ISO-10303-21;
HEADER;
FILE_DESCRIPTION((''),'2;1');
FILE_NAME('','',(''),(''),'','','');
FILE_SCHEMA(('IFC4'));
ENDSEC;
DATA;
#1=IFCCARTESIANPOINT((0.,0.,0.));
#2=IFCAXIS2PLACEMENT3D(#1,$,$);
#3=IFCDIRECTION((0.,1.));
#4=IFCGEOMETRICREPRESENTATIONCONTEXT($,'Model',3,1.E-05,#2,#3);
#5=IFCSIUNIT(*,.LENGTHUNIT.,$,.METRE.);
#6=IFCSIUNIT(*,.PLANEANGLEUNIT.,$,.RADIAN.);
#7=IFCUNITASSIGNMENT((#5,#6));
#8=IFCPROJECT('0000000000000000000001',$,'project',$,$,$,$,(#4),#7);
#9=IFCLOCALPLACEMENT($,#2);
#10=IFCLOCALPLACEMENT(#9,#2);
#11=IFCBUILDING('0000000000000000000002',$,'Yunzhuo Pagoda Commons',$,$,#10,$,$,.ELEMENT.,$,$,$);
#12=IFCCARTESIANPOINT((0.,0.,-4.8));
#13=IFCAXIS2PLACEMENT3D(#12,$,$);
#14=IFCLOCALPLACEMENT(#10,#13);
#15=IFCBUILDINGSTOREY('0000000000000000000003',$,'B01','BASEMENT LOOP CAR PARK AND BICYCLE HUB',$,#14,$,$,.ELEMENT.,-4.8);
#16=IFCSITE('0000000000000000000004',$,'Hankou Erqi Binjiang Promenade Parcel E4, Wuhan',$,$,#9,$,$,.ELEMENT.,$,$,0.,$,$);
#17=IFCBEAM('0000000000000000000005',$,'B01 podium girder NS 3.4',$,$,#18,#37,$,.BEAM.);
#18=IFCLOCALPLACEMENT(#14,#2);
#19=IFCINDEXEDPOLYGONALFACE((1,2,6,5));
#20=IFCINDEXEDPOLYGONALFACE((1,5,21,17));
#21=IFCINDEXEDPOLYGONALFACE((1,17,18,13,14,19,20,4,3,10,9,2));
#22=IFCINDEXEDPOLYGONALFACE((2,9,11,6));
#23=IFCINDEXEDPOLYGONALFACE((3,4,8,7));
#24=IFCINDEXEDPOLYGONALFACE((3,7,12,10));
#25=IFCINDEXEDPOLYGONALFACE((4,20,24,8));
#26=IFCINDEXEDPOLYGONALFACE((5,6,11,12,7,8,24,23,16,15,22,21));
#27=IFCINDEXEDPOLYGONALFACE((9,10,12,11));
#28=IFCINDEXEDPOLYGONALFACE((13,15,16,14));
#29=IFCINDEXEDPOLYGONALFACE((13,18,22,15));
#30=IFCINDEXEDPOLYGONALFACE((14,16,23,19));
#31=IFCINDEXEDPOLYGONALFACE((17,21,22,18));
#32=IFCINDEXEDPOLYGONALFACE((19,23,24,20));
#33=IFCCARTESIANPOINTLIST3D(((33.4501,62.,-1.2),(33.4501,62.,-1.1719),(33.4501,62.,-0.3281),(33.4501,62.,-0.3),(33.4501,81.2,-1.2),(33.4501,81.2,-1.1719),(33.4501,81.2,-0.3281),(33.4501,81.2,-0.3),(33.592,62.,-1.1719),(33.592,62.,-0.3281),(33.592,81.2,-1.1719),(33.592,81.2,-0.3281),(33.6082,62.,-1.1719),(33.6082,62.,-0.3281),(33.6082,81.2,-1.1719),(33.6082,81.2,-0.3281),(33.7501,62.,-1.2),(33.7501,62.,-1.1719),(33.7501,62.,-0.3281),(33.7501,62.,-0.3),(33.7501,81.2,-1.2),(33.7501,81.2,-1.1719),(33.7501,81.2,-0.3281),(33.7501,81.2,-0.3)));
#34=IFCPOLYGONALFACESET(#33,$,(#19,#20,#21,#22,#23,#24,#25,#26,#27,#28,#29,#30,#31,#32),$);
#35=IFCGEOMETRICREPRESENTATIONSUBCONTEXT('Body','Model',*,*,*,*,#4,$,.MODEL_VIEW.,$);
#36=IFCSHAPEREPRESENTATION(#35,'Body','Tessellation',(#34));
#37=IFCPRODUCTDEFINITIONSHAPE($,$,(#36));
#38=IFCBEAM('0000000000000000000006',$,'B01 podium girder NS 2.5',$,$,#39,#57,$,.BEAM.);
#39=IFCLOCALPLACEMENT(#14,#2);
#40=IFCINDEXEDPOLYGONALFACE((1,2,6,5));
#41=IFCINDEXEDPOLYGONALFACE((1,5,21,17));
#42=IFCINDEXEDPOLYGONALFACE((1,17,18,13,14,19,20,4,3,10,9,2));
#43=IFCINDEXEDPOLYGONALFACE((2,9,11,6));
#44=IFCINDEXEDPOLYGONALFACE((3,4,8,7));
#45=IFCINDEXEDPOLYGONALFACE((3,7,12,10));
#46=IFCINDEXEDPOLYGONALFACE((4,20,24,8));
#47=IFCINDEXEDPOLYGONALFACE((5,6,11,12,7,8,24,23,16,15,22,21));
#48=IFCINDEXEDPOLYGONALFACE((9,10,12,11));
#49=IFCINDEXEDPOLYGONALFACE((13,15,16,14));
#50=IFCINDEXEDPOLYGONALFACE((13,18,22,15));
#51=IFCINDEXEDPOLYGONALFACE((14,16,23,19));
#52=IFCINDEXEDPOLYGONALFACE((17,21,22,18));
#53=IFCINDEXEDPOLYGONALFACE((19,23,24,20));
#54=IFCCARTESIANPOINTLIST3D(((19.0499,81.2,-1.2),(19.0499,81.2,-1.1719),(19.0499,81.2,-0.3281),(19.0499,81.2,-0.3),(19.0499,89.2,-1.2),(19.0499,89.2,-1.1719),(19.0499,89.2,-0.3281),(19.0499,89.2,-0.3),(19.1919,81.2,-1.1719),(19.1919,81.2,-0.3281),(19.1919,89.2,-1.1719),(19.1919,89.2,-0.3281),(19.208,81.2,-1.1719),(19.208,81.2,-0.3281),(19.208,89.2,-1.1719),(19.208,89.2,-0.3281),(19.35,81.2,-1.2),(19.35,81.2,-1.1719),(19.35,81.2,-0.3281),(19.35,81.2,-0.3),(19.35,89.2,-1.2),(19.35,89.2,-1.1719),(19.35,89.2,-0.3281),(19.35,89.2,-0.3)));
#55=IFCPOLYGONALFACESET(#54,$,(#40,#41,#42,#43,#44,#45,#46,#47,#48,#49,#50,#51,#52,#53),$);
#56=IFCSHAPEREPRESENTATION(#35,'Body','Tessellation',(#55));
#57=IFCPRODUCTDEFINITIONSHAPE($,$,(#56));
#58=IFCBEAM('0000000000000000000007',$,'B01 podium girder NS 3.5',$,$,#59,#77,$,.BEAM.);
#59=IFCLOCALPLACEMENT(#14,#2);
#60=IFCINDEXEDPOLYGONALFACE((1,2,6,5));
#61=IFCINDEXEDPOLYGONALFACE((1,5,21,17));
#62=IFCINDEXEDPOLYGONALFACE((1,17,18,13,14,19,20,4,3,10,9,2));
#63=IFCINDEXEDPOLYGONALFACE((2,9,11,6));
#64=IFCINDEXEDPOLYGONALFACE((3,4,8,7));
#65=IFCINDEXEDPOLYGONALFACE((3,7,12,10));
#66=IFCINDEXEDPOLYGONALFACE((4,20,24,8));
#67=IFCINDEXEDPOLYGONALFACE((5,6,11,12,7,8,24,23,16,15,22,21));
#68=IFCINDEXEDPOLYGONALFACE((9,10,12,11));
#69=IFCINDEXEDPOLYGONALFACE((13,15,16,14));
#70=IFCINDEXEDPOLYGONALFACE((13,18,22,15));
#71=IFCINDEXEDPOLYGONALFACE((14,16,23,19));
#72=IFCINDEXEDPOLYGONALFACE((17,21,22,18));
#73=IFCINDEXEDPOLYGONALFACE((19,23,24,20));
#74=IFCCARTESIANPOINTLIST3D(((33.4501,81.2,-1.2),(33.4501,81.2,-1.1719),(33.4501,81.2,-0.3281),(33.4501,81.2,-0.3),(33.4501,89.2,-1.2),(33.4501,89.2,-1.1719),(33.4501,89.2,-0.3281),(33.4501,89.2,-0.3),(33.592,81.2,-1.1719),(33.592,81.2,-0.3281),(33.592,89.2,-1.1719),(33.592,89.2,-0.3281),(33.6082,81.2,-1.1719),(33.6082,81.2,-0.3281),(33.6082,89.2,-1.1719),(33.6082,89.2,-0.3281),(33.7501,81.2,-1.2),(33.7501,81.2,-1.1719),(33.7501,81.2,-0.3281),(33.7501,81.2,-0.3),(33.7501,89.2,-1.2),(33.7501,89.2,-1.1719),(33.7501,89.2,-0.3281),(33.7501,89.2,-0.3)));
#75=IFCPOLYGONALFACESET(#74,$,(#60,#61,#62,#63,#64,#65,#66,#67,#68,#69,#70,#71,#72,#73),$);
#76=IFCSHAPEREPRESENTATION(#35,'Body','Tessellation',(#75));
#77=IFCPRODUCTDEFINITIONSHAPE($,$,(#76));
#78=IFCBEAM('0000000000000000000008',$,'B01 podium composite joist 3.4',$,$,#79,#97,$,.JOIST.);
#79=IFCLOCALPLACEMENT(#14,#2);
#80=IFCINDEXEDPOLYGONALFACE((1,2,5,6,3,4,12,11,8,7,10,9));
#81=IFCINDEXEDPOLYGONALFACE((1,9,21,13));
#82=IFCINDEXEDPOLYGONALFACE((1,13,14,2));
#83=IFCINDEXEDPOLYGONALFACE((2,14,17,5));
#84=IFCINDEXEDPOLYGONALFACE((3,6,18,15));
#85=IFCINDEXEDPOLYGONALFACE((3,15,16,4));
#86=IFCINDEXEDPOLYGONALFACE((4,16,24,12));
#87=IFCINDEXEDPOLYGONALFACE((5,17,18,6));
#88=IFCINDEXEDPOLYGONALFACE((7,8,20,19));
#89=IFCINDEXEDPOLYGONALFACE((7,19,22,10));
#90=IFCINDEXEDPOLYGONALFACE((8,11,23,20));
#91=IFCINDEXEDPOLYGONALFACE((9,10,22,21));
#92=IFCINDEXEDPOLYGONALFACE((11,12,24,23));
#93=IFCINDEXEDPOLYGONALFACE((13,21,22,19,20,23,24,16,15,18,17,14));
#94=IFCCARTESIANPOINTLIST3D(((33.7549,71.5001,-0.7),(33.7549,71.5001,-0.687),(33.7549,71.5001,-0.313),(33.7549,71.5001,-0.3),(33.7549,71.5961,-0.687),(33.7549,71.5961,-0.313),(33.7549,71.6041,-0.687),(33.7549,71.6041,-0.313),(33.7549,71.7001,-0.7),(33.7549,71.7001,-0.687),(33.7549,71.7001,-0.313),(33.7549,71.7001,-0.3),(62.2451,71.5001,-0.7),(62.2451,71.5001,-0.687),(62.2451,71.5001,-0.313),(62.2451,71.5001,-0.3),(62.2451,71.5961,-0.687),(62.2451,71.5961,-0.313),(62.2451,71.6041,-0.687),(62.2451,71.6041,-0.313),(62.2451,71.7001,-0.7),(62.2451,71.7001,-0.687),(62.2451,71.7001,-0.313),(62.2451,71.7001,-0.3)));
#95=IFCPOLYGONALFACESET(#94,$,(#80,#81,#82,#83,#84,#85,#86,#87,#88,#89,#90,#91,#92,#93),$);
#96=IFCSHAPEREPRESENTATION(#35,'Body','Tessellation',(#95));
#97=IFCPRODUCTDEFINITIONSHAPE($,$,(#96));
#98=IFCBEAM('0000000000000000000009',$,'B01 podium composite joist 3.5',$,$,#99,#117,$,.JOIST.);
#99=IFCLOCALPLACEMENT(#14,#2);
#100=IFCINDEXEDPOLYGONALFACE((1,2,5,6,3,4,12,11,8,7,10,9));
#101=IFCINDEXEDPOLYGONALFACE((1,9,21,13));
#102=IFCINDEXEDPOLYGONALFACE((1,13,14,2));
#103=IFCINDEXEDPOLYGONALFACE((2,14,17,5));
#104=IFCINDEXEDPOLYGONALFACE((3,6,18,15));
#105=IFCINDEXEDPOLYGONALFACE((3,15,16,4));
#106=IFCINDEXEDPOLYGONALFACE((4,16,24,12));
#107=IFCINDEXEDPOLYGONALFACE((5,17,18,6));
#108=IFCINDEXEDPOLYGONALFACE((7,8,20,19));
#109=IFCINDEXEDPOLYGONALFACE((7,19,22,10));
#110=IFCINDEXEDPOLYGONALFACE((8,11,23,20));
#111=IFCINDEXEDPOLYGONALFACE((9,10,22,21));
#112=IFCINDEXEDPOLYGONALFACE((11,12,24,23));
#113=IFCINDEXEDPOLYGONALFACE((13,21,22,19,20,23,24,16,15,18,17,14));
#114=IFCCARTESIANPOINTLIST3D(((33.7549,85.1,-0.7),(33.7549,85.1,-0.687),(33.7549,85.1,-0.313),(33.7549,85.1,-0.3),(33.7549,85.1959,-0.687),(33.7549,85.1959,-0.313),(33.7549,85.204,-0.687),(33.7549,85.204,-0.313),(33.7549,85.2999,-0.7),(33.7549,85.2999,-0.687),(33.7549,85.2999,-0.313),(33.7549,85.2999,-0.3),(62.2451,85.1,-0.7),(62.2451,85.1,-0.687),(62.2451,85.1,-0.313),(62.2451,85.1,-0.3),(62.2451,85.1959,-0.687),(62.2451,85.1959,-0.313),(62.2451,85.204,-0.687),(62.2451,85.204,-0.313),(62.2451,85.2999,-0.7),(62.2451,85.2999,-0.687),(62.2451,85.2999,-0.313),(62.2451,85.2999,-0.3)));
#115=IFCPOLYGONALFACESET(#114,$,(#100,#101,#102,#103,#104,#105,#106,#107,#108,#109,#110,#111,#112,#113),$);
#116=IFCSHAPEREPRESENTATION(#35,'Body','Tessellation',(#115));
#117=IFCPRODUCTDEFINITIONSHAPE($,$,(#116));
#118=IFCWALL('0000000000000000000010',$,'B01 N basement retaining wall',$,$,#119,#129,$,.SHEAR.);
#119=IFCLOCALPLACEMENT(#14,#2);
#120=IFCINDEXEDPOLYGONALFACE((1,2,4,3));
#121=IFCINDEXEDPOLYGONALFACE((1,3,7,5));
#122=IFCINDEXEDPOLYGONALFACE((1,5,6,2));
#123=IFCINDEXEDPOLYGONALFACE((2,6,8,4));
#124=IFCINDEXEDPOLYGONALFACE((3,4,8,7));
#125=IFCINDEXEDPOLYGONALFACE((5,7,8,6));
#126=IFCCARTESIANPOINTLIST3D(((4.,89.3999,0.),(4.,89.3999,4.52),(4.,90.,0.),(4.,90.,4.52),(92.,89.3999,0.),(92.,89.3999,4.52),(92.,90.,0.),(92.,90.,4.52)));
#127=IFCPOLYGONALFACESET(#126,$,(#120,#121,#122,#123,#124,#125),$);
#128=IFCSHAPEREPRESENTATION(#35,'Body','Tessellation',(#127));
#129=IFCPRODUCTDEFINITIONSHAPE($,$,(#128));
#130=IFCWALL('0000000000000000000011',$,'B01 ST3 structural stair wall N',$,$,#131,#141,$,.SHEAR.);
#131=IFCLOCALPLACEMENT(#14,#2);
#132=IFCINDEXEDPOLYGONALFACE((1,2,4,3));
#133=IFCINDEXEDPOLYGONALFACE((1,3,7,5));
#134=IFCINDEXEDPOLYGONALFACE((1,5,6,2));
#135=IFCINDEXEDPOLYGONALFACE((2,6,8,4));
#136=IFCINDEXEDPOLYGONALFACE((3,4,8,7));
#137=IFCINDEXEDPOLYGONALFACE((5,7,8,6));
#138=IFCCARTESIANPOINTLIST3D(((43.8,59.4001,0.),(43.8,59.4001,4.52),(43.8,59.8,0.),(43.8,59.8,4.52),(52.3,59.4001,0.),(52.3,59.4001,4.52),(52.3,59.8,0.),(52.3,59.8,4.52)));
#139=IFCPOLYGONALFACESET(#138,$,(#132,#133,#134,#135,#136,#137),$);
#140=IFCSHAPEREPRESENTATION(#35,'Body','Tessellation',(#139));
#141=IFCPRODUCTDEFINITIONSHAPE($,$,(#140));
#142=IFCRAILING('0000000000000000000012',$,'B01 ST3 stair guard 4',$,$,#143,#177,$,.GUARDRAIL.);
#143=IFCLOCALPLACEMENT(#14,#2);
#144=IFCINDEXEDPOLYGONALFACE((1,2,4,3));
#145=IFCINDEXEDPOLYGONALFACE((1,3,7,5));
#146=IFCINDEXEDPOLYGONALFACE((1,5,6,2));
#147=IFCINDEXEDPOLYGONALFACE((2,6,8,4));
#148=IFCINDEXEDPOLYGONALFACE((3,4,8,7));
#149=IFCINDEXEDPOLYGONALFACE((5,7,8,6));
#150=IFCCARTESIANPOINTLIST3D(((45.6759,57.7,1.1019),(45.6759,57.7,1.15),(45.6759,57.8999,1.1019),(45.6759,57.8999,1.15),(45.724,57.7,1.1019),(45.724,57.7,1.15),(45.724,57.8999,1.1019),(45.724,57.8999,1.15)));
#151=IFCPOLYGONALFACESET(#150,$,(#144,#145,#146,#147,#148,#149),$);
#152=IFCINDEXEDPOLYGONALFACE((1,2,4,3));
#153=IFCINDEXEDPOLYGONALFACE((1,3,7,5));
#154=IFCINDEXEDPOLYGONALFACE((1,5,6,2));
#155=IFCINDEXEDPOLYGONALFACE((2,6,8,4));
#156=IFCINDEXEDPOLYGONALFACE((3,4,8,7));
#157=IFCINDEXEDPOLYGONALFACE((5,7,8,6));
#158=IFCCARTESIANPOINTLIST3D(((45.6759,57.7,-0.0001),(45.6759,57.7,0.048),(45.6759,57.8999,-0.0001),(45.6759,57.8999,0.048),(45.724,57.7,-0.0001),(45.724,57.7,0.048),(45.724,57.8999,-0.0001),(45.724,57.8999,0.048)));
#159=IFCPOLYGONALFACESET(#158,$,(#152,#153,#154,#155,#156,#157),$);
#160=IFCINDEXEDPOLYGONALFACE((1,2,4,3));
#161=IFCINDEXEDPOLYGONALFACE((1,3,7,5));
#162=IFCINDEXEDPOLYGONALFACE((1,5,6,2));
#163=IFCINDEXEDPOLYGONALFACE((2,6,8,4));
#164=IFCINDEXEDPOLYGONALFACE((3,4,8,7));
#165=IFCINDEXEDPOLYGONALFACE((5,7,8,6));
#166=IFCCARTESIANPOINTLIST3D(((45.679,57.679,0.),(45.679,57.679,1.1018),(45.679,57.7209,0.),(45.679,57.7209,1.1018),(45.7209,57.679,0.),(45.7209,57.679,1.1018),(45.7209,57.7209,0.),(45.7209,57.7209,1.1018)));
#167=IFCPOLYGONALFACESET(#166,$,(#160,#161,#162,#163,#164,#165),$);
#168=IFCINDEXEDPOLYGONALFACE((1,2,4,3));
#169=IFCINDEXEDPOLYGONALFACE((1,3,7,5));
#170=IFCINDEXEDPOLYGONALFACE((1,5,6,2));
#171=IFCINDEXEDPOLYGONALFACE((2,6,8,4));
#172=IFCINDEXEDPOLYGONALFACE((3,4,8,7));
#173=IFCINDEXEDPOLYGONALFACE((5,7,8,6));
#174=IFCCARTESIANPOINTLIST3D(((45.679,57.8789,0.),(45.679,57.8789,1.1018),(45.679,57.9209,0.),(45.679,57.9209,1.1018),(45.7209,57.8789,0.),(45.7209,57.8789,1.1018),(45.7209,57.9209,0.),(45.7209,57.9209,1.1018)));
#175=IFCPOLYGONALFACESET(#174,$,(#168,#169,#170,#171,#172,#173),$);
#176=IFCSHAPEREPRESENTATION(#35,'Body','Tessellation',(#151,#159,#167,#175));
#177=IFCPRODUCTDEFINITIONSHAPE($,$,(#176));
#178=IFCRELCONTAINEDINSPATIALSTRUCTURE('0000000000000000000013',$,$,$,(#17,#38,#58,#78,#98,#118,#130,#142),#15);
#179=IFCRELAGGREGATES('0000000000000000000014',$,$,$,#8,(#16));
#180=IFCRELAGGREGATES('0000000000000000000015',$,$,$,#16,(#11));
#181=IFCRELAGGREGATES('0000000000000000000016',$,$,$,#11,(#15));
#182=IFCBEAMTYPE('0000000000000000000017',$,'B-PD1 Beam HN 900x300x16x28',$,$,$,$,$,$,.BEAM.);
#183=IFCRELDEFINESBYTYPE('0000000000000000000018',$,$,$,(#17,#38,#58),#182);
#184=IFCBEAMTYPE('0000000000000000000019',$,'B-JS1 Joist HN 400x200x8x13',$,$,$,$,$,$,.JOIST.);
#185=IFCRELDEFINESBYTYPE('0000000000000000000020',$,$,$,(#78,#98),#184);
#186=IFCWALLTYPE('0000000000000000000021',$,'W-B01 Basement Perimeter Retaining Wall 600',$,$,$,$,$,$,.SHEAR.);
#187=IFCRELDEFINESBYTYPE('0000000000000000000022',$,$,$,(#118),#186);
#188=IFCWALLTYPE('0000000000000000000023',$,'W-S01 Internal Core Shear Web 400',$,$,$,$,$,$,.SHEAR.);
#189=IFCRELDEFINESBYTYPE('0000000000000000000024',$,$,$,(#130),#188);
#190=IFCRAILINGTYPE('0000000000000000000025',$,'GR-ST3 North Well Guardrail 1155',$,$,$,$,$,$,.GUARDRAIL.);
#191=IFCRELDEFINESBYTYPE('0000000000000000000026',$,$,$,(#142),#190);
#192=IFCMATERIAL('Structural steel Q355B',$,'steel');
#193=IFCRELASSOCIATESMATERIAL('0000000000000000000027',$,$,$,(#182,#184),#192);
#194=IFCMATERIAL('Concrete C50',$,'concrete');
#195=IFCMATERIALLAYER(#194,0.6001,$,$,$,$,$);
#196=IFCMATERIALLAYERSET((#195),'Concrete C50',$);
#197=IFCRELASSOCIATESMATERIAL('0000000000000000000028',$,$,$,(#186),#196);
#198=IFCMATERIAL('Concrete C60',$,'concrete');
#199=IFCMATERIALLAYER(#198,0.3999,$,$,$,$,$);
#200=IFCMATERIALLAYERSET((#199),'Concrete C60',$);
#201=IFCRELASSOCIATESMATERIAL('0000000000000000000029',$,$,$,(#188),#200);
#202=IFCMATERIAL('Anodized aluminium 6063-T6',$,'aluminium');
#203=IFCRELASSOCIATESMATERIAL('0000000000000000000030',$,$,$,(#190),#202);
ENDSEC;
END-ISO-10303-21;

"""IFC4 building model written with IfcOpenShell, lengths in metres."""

from ifc_helpers import new_model, si_unit, direction, frame, frame_2d, origin, origin_2d, place, context, subcontext, project, spatial, rectangle, i_section, extrude, source, transform, mapped, material, layer, layer_set, material_profile, profile_set, type_object, element, save


model = new_model("IFC4")

# Units and contexts
model_context = context("Model", 3, precision=1e-05, world=origin(), true_north=direction((0.0, 1.0)))
body_context = subcontext(model_context, "Body", "Model", "MODEL_VIEW")
ifc_project = project(units=[si_unit("LENGTHUNIT", "METRE"), si_unit("PLANEANGLEUNIT", "RADIAN")], contexts=[model_context])

# Site, building, storey
site_placement = place(None, origin())
site = spatial("IfcSite", under=ifc_project, at=site_placement, Name="Hankou Erqi Binjiang Promenade Parcel E4, Wuhan", CompositionType="ELEMENT", RefElevation=0.0)
building_placement = place(site_placement, origin())
building = spatial("IfcBuilding", under=site, at=building_placement, Name="Yunzhuo Pagoda Commons", CompositionType="ELEMENT")
storey_placement = place(building_placement, frame((0.0, 0.0, -4.8)))
storey = spatial("IfcBuildingStorey", under=building, at=storey_placement, Name="B01", Description="BASEMENT LOOP CAR PARK AND BICYCLE HUB", CompositionType="ELEMENT", Elevation=-4.8)

# Shared definitions
ifc_material_1 = material(Name="Concrete C50", Category="concrete")

# Beams
ifc_material_2 = material(Name="Structural steel Q355B", Category="steel")
ifc_material_profile_1 = material_profile(ifc_material_2, i_section(OverallWidth=0.3, OverallDepth=0.8999, WebThickness=0.0161, FlangeThickness=0.0281, at=origin_2d()), Name="Structural steel Q355B")
ifc_profile_set_1 = profile_set([ifc_material_profile_1], Name="Structural steel Q355B")
beam_type_1 = type_object("IfcBeamType", Name="B-PD1 Beam HN 900x300x16x28", PredefinedType="BEAM", material=ifc_profile_set_1)
ifc_material_profile_2 = material_profile(ifc_material_2, i_section(OverallWidth=0.2, OverallDepth=0.3999, WebThickness=0.0081, FlangeThickness=0.0129, at=origin_2d()), Name="Structural steel Q355B")
ifc_profile_set_2 = profile_set([ifc_material_profile_2], Name="Structural steel Q355B")
beam_type_2 = type_object("IfcBeamType", Name="B-JS1 Joist HN 400x200x8x13", PredefinedType="JOIST", material=ifc_profile_set_2)
shared_shape_1 = source(origin(), body_context, "Body", "SweptSolid", [
    extrude(i_section(OverallWidth=0.3, OverallDepth=0.8999, WebThickness=0.0161, FlangeThickness=0.0281, at=origin_2d()), origin(), (0.0, 0.0, 1.0), 19.2),
])
for number, where, z_axis, x_axis, name in (
    (1, (33.6001, 62.0, -0.75), (0.0, 1.0, 0.0), (-1.0, 0.0, 0.0), "B01 podium girder NS 3.4"),
):
    element("IfcBeam", number, at=place(storey_placement, frame(where, z_axis=z_axis, x_axis=x_axis)), inside=storey, type_object=beam_type_1, Name=name, PredefinedType="BEAM", context=body_context, shape_type="MappedRepresentation", body=[
        mapped(shared_shape_1, transform((0.0, 0.0, 0.0), scale=1.0)),
    ])
shared_shape_2 = source(origin(), body_context, "Body", "SweptSolid", [
    extrude(i_section(OverallWidth=0.3, OverallDepth=0.8999, WebThickness=0.0161, FlangeThickness=0.0281, at=origin_2d()), origin(), (0.0, 0.0, 1.0), 8.0),
])
for number, where, z_axis, x_axis, name in (
    (2, (19.2, 81.2, -0.75), (0.0, 1.0, 0.0), (-1.0, 0.0, 0.0), "B01 podium girder NS 2.5"),
    (3, (33.6001, 81.2, -0.75), (0.0, 1.0, 0.0), (-1.0, 0.0, 0.0), "B01 podium girder NS 3.5"),
):
    element("IfcBeam", number, at=place(storey_placement, frame(where, z_axis=z_axis, x_axis=x_axis)), inside=storey, type_object=beam_type_1, Name=name, PredefinedType="BEAM", context=body_context, shape_type="MappedRepresentation", body=[
        mapped(shared_shape_2, transform((0.0, 0.0, 0.0), scale=1.0)),
    ])
shared_shape_3 = source(origin(), body_context, "Body", "SweptSolid", [
    extrude(i_section(OverallWidth=0.2, OverallDepth=0.3999, WebThickness=0.0081, FlangeThickness=0.0129, at=origin_2d()), origin(), (0.0, 0.0, 1.0), 28.4902),
])
for number, where, z_axis, x_axis, name in (
    (4, (33.7549, 71.6001, -0.5), (1.0, 0.0, 0.0), (0.0, 1.0, 0.0), "B01 podium composite joist 3.4"),
    (5, (33.7549, 85.2, -0.5), (1.0, 0.0, 0.0), (0.0, 1.0, 0.0), "B01 podium composite joist 3.5"),
):
    element("IfcBeam", number, at=place(storey_placement, frame(where, z_axis=z_axis, x_axis=x_axis)), inside=storey, type_object=beam_type_2, Name=name, PredefinedType="JOIST", context=body_context, shape_type="MappedRepresentation", body=[
        mapped(shared_shape_3, transform((0.0, 0.0, 0.0), scale=1.0)),
    ])

# Walls
ifc_layer_1 = layer(ifc_material_1, 0.6001)
ifc_layer_set_1 = layer_set([ifc_layer_1], Name="Concrete C50")
wall_type_1 = type_object("IfcWallType", Name="W-B01 Basement Perimeter Retaining Wall 600", PredefinedType="SHEAR", material=ifc_layer_set_1)
wall_1_placement = place(storey_placement, frame((4.0, 89.7, 0.0), z_axis=(0.0, 0.0, 1.0), x_axis=(1.0, 0.0, 0.0)))
element("IfcWall", 6, at=wall_1_placement, inside=storey, type_object=wall_type_1, Name="B01 N basement retaining wall", PredefinedType="SHEAR", context=body_context, shape_type="SweptSolid", body=[
    extrude(rectangle(XDim=88.0, YDim=0.6001, at=frame_2d((44.0, 0.0))), origin(), (0.0, 0.0, 1.0), 4.52),
])
ifc_material_3 = material(Name="Concrete C60", Category="concrete")
ifc_layer_2 = layer(ifc_material_3, 0.3999)
ifc_layer_set_2 = layer_set([ifc_layer_2], Name="Concrete C60")
wall_type_2 = type_object("IfcWallType", Name="W-S01 Internal Core Shear Web 400", PredefinedType="SHEAR", material=ifc_layer_set_2)
wall_2_placement = place(storey_placement, frame((43.8, 59.6001, 0.0), z_axis=(0.0, 0.0, 1.0), x_axis=(1.0, 0.0, 0.0)))
element("IfcWall", 7, at=wall_2_placement, inside=storey, type_object=wall_type_2, Name="B01 ST3 structural stair wall N", PredefinedType="SHEAR", context=body_context, shape_type="SweptSolid", body=[
    extrude(rectangle(XDim=8.5, YDim=0.3999, at=frame_2d((4.25, 0.0))), origin(), (0.0, 0.0, 1.0), 4.52),
])

# Railing
ifc_material_4 = material(Name="Anodized aluminium 6063-T6", Category="aluminium")
railing_type_1 = type_object("IfcRailingType", Name="GR-ST3 North Well Guardrail 1155", PredefinedType="GUARDRAIL", material=ifc_material_4)
railing_1_placement = place(storey_placement, frame((45.7, 57.7, 0.0)))
element("IfcRailing", 8, at=railing_1_placement, inside=storey, type_object=railing_type_1, Name="B01 ST3 stair guard 4", PredefinedType="GUARDRAIL", context=body_context, shape_type="SweptSolid", body=[
    extrude(rectangle(XDim=0.0481, YDim=0.0481, at=origin_2d()), frame((0.0, 0.0, 1.126), z_axis=(0.0, 1.0, 0.0), x_axis=(-1.0, 0.0, 0.0)), (0.0, 0.0, 1.0), 0.2),
    extrude(rectangle(XDim=0.0481, YDim=0.0481, at=origin_2d()), frame((0.0, 0.0, 0.0239), z_axis=(0.0, 1.0, 0.0), x_axis=(-1.0, 0.0, 0.0)), (0.0, 0.0, 1.0), 0.2),
    extrude(rectangle(XDim=0.042, YDim=0.042, at=origin_2d()), origin(), (0.0, 0.0, 1.0), 1.1018),
    extrude(rectangle(XDim=0.042, YDim=0.042, at=origin_2d()), frame((0.0, 0.2, 0.0)), (0.0, 0.0, 1.0), 1.1018),
])

save(model, "model.ifc")
